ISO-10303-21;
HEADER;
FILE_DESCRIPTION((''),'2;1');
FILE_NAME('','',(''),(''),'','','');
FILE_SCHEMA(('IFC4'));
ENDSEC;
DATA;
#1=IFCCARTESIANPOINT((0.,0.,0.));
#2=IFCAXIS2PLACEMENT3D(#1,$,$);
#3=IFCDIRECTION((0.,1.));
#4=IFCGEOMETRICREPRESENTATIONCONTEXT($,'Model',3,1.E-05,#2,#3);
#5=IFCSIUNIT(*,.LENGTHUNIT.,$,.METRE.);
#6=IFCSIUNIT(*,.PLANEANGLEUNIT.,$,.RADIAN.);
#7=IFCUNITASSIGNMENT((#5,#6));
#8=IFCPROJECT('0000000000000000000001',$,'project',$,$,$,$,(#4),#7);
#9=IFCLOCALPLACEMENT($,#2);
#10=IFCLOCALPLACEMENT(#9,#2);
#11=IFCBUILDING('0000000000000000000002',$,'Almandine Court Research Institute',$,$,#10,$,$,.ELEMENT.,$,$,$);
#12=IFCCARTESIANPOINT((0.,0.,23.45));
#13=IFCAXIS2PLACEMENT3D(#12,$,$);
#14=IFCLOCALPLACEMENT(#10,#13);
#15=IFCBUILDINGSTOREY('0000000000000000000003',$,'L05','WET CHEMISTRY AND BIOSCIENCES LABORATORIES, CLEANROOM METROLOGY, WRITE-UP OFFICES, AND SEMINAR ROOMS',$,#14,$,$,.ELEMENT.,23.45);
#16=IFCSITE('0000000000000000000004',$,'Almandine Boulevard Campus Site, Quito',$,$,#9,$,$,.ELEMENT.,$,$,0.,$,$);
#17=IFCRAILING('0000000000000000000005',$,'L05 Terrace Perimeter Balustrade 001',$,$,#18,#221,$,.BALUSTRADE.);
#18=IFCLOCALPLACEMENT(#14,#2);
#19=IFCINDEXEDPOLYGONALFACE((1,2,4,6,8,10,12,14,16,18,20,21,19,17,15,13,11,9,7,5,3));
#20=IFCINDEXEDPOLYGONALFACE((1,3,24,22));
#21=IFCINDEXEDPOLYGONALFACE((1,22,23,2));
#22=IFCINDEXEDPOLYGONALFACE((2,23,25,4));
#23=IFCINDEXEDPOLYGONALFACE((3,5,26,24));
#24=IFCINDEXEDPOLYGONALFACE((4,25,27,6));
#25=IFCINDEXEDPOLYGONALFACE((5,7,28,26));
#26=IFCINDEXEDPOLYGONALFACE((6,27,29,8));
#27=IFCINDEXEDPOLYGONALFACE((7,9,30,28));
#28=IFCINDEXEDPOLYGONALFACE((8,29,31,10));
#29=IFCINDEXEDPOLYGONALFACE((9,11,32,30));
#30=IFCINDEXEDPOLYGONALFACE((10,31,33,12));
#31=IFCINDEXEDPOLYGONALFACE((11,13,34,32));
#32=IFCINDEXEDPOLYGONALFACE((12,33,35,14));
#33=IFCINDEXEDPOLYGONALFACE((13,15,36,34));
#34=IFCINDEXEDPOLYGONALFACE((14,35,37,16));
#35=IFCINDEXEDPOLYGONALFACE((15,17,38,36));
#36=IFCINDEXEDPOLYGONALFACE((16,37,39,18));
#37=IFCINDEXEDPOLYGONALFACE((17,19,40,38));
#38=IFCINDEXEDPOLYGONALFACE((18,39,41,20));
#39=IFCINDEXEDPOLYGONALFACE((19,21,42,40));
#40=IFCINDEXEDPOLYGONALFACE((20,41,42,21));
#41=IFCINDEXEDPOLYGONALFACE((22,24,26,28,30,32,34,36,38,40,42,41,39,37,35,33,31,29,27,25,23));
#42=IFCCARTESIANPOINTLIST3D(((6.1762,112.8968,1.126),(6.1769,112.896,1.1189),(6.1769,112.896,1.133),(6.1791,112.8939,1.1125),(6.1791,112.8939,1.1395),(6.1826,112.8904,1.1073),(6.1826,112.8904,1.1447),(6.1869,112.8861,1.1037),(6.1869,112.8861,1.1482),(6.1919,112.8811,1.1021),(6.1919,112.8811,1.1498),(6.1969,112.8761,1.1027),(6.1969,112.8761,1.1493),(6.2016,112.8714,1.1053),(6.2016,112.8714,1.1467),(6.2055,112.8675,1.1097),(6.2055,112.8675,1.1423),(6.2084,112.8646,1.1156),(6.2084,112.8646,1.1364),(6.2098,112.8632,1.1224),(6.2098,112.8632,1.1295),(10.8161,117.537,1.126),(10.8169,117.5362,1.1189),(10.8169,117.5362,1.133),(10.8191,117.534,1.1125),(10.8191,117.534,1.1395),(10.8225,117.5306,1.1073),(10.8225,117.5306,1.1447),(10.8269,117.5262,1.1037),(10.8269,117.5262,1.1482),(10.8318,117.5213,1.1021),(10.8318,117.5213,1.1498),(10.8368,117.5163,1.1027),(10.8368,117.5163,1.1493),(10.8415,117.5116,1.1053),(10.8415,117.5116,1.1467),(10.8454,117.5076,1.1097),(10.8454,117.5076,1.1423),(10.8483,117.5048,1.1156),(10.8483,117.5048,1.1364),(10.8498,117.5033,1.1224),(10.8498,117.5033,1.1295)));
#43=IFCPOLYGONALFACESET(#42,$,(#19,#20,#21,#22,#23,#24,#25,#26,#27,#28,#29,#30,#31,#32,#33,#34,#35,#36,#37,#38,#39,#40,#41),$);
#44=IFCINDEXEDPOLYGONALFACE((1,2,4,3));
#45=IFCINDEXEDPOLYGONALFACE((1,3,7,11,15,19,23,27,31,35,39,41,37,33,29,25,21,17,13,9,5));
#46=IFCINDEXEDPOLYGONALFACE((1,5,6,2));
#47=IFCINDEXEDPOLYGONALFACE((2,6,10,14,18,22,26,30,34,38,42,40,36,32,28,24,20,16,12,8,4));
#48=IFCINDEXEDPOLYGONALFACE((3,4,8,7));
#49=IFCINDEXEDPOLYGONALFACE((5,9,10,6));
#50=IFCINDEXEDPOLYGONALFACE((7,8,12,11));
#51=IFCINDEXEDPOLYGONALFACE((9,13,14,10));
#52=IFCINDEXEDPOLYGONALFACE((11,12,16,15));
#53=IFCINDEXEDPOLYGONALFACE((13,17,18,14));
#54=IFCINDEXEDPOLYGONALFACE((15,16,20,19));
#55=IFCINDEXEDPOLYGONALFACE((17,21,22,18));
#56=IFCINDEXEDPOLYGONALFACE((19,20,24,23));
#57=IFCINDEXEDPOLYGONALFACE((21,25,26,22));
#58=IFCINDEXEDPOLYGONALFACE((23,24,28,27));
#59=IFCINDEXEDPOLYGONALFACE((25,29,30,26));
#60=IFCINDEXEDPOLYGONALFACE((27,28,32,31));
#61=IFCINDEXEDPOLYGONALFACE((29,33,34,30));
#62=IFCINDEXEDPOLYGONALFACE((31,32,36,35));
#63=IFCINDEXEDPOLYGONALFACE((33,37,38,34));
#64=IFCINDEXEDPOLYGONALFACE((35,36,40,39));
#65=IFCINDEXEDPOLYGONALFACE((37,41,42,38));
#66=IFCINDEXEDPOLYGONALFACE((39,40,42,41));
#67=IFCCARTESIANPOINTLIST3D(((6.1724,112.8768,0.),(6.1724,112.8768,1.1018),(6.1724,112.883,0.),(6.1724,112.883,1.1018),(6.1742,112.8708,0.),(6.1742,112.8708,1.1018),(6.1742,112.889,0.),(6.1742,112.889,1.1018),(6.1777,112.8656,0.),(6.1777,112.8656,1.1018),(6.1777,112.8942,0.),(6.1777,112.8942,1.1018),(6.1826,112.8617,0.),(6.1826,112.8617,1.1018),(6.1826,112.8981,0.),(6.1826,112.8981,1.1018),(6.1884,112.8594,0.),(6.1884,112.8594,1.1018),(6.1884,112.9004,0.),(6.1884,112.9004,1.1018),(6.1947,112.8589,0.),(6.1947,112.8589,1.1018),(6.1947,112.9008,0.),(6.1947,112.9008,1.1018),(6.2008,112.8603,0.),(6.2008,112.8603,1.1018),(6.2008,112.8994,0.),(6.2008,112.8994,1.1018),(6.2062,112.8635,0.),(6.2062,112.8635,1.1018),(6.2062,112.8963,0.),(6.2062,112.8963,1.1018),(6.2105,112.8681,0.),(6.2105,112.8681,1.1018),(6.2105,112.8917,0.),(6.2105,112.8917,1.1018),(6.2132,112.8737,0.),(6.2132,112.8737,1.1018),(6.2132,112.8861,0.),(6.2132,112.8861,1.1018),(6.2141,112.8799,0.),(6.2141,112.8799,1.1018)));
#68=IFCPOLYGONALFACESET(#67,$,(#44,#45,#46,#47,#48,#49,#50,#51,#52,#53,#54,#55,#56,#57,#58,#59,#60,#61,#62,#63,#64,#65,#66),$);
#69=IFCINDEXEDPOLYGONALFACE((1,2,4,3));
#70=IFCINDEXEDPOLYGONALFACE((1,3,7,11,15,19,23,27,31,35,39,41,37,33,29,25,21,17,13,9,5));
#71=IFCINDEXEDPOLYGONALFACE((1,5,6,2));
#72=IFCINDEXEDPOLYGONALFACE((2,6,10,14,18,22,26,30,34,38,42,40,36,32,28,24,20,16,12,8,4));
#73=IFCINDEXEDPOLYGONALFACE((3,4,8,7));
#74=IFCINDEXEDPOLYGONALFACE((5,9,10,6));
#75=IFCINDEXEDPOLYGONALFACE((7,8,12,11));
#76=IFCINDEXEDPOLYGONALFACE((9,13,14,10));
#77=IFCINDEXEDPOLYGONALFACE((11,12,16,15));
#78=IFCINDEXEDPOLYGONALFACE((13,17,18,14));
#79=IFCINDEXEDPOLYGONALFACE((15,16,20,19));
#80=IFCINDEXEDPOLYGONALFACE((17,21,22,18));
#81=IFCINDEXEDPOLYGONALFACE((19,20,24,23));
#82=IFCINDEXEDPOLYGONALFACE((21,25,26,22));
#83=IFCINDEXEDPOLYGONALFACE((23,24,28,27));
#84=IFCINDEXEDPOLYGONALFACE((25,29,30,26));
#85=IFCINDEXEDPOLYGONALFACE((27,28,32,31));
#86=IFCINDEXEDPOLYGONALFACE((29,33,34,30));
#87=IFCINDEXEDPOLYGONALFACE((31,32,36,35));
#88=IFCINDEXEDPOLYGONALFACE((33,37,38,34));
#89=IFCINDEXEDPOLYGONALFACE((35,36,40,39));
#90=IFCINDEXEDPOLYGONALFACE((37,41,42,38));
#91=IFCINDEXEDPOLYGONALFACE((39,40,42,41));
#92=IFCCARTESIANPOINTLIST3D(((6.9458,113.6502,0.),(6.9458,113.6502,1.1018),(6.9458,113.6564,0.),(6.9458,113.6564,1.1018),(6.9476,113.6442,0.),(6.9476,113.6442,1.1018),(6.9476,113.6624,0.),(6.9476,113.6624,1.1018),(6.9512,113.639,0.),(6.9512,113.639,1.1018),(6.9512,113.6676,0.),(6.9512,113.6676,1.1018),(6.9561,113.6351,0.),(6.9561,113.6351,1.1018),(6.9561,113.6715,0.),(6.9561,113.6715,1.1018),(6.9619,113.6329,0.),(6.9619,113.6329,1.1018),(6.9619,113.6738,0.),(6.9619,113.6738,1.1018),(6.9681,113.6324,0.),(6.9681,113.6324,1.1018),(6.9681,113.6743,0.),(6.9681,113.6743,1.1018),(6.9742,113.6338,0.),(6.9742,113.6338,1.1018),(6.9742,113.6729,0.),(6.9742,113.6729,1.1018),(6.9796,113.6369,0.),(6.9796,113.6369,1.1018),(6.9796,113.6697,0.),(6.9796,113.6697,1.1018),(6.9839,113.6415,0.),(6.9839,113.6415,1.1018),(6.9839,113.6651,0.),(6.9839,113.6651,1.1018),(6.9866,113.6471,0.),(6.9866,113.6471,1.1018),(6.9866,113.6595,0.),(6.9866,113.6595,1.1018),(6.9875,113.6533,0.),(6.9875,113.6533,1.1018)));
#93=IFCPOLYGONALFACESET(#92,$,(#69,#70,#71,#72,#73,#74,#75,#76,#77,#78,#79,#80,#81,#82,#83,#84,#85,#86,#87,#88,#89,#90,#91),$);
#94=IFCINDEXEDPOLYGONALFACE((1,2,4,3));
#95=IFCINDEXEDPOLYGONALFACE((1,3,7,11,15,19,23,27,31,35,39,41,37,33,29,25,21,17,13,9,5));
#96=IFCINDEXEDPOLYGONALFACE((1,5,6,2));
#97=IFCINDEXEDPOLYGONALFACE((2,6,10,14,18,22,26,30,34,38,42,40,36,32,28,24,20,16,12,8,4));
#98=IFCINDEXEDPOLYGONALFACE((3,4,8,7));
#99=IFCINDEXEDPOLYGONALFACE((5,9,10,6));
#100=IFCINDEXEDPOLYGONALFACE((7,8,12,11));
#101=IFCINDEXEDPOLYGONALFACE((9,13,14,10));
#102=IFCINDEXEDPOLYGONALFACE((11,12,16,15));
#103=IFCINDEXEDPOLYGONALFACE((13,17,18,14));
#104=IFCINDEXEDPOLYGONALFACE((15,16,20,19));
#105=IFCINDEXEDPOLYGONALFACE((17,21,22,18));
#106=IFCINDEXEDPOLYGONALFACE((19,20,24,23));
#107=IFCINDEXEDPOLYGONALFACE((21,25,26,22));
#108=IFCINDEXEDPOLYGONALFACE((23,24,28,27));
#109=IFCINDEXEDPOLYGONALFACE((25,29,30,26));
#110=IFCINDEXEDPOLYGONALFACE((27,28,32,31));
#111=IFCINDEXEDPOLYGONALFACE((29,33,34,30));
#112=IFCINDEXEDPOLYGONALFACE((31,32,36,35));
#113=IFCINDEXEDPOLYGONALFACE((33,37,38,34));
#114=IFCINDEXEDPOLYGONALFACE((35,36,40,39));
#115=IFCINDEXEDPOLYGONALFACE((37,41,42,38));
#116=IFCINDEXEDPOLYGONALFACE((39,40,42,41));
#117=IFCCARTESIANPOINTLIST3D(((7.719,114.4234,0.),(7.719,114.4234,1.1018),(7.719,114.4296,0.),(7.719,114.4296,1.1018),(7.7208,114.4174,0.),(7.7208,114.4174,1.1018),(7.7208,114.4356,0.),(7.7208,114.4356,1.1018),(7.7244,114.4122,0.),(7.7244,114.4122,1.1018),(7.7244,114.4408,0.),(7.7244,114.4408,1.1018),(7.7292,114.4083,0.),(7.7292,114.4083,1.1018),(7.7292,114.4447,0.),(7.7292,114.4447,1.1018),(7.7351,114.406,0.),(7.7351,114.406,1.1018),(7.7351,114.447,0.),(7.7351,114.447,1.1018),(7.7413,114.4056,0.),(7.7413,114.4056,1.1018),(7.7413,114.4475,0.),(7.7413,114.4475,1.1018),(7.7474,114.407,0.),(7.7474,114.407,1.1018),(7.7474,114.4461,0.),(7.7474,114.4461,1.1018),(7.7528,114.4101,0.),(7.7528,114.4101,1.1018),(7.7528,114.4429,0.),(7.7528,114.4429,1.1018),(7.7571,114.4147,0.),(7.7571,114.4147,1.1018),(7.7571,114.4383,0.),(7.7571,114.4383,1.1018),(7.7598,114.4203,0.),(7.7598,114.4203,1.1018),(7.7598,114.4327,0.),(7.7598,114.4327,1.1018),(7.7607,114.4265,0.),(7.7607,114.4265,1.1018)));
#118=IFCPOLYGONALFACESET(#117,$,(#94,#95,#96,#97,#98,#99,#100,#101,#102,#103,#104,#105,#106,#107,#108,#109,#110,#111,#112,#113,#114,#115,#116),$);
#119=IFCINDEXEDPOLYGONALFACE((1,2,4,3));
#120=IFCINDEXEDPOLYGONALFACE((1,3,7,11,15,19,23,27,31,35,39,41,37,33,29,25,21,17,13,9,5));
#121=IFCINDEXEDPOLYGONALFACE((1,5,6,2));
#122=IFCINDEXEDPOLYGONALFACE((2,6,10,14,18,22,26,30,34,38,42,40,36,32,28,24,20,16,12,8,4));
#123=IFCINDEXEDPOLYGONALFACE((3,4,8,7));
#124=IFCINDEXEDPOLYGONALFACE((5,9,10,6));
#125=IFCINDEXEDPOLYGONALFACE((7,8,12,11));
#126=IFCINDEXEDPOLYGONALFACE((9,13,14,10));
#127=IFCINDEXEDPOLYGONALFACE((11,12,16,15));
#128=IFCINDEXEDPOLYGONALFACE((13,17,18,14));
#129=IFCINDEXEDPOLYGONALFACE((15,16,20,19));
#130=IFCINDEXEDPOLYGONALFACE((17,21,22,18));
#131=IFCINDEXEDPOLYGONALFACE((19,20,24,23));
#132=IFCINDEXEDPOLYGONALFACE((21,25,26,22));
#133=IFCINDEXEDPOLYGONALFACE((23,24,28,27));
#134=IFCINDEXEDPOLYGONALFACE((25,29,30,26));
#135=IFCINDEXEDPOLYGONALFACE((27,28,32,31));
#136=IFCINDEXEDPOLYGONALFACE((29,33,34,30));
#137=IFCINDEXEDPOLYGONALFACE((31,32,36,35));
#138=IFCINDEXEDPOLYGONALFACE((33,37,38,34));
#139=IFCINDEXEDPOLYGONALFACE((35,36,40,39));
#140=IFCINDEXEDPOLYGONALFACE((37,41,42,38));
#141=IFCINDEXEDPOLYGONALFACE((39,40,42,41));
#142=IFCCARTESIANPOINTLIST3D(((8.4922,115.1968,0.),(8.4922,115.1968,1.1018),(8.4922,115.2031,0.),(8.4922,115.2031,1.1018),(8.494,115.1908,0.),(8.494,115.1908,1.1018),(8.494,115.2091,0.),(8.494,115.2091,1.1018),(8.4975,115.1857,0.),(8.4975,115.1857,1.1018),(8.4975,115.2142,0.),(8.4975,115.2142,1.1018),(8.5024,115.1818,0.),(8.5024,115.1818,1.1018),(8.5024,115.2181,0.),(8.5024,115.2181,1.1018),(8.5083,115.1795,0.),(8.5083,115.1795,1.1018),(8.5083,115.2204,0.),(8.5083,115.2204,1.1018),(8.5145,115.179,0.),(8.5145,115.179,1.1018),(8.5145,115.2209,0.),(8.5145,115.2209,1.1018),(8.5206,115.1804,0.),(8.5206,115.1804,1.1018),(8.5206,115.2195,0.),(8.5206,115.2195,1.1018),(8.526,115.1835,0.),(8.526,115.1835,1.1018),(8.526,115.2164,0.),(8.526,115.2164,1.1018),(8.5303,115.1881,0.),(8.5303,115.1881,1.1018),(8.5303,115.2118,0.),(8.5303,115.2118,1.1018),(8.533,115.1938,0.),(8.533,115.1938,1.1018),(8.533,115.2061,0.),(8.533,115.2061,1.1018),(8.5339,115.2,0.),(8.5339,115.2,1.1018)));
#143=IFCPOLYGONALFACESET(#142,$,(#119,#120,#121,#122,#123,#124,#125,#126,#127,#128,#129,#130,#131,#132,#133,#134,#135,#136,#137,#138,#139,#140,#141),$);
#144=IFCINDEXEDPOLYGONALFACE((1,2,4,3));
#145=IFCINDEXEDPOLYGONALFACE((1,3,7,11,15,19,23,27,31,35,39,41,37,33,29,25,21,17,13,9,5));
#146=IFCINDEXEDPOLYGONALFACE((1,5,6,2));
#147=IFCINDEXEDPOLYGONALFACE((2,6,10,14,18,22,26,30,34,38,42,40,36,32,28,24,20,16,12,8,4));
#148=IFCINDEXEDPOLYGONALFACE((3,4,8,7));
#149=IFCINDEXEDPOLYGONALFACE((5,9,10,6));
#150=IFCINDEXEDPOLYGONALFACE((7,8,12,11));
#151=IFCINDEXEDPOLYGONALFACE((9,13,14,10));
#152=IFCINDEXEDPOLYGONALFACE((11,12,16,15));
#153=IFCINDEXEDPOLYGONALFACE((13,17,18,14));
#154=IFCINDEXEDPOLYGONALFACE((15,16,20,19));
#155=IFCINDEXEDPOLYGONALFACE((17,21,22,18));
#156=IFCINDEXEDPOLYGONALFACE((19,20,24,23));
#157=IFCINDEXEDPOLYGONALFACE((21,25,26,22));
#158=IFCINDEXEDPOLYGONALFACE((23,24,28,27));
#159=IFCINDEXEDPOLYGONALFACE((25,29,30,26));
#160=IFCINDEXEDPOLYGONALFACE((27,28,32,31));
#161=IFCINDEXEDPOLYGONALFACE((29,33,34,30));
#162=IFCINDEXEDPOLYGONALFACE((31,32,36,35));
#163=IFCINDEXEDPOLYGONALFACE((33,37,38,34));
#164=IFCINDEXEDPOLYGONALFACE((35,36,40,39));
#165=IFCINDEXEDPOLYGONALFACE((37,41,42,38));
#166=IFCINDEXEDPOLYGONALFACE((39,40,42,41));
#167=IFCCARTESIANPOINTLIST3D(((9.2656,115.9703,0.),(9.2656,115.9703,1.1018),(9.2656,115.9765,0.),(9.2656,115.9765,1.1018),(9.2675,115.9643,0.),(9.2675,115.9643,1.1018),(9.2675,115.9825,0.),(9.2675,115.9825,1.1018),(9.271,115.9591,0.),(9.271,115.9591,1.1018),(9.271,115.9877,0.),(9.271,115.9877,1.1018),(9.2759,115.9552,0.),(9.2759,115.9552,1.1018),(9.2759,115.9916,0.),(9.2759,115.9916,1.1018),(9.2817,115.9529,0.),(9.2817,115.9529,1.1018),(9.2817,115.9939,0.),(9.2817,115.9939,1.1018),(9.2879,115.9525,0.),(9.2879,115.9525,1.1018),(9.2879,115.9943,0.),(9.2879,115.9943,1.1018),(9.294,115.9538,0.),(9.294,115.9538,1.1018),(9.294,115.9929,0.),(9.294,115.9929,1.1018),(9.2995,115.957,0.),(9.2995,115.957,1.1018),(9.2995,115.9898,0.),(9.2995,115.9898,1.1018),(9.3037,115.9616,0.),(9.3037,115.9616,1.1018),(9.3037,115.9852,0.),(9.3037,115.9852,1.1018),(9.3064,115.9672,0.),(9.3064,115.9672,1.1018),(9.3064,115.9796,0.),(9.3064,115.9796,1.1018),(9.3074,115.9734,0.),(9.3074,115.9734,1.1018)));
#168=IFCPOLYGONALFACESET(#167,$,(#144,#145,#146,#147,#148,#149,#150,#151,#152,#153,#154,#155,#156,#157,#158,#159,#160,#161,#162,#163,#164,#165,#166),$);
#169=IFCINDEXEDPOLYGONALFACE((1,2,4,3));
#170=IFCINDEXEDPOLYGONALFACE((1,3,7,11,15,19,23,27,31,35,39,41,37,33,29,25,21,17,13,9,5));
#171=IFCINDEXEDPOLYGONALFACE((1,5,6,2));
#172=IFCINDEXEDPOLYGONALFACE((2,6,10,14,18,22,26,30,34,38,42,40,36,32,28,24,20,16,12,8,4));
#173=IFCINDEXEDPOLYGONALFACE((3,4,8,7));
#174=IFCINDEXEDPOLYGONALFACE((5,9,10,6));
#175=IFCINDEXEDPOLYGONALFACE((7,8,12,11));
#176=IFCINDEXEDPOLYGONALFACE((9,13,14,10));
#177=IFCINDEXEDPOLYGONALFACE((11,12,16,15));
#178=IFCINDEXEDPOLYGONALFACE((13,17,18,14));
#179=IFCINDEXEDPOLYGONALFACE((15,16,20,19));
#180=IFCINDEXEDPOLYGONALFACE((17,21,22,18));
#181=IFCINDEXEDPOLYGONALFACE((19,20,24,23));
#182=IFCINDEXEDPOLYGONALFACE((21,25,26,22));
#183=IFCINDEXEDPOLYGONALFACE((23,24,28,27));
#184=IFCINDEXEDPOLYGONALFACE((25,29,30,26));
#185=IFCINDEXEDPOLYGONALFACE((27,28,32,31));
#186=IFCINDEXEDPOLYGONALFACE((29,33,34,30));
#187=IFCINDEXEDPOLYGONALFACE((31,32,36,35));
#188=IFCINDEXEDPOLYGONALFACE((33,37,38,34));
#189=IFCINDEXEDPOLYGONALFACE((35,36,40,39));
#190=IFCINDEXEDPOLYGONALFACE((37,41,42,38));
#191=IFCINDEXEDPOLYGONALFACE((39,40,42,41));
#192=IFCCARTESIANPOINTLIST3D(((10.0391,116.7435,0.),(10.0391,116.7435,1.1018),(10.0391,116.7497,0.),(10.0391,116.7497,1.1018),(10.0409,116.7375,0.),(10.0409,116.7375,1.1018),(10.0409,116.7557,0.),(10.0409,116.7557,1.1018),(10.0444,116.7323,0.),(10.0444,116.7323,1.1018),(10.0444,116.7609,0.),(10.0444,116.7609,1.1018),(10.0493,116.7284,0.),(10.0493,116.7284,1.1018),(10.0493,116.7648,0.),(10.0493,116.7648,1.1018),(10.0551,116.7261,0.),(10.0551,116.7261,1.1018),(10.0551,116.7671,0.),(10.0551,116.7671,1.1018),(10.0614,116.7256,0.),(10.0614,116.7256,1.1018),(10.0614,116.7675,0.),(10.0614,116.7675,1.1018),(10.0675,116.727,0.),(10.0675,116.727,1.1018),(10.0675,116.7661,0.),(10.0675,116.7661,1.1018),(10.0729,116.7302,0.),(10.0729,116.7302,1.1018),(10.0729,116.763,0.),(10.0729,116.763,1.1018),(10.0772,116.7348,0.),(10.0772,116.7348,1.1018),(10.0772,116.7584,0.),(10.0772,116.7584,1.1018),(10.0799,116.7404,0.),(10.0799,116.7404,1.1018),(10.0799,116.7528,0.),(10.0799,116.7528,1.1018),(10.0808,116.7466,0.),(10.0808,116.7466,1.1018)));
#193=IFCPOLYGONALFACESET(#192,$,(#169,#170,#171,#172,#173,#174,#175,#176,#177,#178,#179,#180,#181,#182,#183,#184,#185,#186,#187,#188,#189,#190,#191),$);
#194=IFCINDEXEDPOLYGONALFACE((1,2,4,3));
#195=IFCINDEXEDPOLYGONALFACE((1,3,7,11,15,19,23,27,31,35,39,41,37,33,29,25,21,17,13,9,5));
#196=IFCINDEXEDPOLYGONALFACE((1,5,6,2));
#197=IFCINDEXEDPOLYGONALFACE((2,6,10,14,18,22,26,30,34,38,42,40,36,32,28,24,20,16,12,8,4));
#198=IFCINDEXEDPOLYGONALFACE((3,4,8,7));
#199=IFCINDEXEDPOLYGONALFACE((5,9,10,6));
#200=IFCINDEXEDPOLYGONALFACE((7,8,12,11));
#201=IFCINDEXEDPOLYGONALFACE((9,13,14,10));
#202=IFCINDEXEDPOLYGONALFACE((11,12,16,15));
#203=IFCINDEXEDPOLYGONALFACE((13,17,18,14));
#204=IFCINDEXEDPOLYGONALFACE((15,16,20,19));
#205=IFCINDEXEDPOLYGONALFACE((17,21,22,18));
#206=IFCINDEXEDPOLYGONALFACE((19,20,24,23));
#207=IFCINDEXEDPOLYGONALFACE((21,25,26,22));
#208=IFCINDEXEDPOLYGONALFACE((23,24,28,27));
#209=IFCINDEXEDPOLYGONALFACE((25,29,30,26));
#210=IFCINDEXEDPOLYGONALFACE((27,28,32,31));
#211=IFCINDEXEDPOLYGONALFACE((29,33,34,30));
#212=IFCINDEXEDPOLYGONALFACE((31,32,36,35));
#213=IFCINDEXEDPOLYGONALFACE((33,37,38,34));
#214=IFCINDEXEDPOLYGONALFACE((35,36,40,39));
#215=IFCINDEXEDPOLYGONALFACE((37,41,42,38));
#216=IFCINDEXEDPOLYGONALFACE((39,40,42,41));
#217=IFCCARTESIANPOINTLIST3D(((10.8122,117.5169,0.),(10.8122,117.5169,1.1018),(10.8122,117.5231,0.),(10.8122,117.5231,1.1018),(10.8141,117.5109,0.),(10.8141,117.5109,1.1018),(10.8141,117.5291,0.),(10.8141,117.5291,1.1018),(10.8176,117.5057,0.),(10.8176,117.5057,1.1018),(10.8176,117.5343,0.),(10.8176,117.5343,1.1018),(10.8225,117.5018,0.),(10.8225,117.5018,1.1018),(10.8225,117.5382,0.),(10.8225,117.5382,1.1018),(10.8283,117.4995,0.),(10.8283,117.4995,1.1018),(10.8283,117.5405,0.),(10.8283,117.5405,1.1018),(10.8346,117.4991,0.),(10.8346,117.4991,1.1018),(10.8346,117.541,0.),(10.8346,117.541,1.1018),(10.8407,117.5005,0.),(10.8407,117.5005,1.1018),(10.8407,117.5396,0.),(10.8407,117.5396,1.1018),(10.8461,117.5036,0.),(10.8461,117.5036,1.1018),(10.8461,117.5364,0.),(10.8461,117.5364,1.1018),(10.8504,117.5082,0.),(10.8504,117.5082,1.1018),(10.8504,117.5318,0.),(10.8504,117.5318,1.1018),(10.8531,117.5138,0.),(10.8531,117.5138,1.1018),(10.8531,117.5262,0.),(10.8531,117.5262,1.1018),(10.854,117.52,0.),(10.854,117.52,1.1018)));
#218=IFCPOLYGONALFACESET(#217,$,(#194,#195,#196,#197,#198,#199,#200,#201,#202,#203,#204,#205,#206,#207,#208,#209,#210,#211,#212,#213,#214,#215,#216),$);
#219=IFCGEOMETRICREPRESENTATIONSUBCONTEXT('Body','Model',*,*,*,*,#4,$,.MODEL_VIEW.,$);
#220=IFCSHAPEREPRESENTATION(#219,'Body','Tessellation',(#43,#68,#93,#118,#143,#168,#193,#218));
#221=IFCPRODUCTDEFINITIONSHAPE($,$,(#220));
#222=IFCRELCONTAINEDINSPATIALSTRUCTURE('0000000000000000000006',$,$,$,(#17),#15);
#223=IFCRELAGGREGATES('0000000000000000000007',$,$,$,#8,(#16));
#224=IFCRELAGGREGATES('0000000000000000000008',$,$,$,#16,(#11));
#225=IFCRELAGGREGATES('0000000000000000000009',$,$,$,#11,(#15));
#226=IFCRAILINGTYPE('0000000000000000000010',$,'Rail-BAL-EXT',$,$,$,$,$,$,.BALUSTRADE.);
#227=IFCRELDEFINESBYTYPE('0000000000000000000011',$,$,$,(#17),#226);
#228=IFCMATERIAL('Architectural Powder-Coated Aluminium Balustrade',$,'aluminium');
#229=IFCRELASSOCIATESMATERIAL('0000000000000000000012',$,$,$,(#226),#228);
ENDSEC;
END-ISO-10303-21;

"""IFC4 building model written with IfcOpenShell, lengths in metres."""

from ifc_helpers import new_model, si_unit, direction, frame, origin, origin_2d, place, context, subcontext, project, spatial, circle, extrude, material, type_object, element, save


model = new_model("IFC4")

# Units and contexts
model_context = context("Model", 3, precision=1e-05, world=origin(), true_north=direction((0.0, 1.0)))
body_context = subcontext(model_context, "Body", "Model", "MODEL_VIEW")
ifc_project = project(units=[si_unit("LENGTHUNIT", "METRE"), si_unit("PLANEANGLEUNIT", "RADIAN")], contexts=[model_context])

# Site, building, storey
site_placement = place(None, origin())
site = spatial("IfcSite", under=ifc_project, at=site_placement, Name="Almandine Boulevard Campus Site, Quito", CompositionType="ELEMENT", RefElevation=0.0)
building_placement = place(site_placement, origin())
building = spatial("IfcBuilding", under=site, at=building_placement, Name="Almandine Court Research Institute", CompositionType="ELEMENT")
storey_placement = place(building_placement, frame((0.0, 0.0, 23.45)))
storey = spatial("IfcBuildingStorey", under=building, at=storey_placement, Name="L05", Description="WET CHEMISTRY AND BIOSCIENCES LABORATORIES, CLEANROOM METROLOGY, WRITE-UP OFFICES, AND SEMINAR ROOMS", CompositionType="ELEMENT", Elevation=23.45)

# Railing
ifc_material_1 = material(Name="Architectural Powder-Coated Aluminium Balustrade", Category="aluminium")
railing_type = type_object("IfcRailingType", Name="Rail-BAL-EXT", PredefinedType="BALUSTRADE", material=ifc_material_1)
railing_1_placement = place(storey_placement, frame((6.1931, 112.8799, 0.0)))
element("IfcRailing", 1, at=railing_1_placement, inside=storey, type_object=railing_type, Name="L05 Terrace Perimeter Balustrade 001", PredefinedType="BALUSTRADE", context=body_context, shape_type="SweptSolid", body=[
    extrude(circle(Radius=0.0239, at=origin_2d()), frame((0.0, 0.0, 1.126), z_axis=(0.707088, 0.707125, 0.0), x_axis=(-0.707125, 0.707088, 0.0)), (0.0, 0.0, 1.0), 6.562),
    extrude(circle(Radius=0.021, at=origin_2d()), origin(), (0.0, 0.0, 1.0), 1.1018),
    extrude(circle(Radius=0.021, at=origin_2d()), frame((0.7734, 0.7734, 0.0)), (0.0, 0.0, 1.0), 1.1018),
    extrude(circle(Radius=0.021, at=origin_2d()), frame((1.5466, 1.5466, 0.0)), (0.0, 0.0, 1.0), 1.1018),
    extrude(circle(Radius=0.021, at=origin_2d()), frame((2.3198, 2.3201, 0.0)), (0.0, 0.0, 1.0), 1.1018),
    extrude(circle(Radius=0.021, at=origin_2d()), frame((3.0933, 3.0935, 0.0)), (0.0, 0.0, 1.0), 1.1018),
    extrude(circle(Radius=0.021, at=origin_2d()), frame((3.8667, 3.8667, 0.0)), (0.0, 0.0, 1.0), 1.1018),
    extrude(circle(Radius=0.021, at=origin_2d()), frame((4.6399, 4.6401, 0.0)), (0.0, 0.0, 1.0), 1.1018),
])

save(model, "model.ifc")
